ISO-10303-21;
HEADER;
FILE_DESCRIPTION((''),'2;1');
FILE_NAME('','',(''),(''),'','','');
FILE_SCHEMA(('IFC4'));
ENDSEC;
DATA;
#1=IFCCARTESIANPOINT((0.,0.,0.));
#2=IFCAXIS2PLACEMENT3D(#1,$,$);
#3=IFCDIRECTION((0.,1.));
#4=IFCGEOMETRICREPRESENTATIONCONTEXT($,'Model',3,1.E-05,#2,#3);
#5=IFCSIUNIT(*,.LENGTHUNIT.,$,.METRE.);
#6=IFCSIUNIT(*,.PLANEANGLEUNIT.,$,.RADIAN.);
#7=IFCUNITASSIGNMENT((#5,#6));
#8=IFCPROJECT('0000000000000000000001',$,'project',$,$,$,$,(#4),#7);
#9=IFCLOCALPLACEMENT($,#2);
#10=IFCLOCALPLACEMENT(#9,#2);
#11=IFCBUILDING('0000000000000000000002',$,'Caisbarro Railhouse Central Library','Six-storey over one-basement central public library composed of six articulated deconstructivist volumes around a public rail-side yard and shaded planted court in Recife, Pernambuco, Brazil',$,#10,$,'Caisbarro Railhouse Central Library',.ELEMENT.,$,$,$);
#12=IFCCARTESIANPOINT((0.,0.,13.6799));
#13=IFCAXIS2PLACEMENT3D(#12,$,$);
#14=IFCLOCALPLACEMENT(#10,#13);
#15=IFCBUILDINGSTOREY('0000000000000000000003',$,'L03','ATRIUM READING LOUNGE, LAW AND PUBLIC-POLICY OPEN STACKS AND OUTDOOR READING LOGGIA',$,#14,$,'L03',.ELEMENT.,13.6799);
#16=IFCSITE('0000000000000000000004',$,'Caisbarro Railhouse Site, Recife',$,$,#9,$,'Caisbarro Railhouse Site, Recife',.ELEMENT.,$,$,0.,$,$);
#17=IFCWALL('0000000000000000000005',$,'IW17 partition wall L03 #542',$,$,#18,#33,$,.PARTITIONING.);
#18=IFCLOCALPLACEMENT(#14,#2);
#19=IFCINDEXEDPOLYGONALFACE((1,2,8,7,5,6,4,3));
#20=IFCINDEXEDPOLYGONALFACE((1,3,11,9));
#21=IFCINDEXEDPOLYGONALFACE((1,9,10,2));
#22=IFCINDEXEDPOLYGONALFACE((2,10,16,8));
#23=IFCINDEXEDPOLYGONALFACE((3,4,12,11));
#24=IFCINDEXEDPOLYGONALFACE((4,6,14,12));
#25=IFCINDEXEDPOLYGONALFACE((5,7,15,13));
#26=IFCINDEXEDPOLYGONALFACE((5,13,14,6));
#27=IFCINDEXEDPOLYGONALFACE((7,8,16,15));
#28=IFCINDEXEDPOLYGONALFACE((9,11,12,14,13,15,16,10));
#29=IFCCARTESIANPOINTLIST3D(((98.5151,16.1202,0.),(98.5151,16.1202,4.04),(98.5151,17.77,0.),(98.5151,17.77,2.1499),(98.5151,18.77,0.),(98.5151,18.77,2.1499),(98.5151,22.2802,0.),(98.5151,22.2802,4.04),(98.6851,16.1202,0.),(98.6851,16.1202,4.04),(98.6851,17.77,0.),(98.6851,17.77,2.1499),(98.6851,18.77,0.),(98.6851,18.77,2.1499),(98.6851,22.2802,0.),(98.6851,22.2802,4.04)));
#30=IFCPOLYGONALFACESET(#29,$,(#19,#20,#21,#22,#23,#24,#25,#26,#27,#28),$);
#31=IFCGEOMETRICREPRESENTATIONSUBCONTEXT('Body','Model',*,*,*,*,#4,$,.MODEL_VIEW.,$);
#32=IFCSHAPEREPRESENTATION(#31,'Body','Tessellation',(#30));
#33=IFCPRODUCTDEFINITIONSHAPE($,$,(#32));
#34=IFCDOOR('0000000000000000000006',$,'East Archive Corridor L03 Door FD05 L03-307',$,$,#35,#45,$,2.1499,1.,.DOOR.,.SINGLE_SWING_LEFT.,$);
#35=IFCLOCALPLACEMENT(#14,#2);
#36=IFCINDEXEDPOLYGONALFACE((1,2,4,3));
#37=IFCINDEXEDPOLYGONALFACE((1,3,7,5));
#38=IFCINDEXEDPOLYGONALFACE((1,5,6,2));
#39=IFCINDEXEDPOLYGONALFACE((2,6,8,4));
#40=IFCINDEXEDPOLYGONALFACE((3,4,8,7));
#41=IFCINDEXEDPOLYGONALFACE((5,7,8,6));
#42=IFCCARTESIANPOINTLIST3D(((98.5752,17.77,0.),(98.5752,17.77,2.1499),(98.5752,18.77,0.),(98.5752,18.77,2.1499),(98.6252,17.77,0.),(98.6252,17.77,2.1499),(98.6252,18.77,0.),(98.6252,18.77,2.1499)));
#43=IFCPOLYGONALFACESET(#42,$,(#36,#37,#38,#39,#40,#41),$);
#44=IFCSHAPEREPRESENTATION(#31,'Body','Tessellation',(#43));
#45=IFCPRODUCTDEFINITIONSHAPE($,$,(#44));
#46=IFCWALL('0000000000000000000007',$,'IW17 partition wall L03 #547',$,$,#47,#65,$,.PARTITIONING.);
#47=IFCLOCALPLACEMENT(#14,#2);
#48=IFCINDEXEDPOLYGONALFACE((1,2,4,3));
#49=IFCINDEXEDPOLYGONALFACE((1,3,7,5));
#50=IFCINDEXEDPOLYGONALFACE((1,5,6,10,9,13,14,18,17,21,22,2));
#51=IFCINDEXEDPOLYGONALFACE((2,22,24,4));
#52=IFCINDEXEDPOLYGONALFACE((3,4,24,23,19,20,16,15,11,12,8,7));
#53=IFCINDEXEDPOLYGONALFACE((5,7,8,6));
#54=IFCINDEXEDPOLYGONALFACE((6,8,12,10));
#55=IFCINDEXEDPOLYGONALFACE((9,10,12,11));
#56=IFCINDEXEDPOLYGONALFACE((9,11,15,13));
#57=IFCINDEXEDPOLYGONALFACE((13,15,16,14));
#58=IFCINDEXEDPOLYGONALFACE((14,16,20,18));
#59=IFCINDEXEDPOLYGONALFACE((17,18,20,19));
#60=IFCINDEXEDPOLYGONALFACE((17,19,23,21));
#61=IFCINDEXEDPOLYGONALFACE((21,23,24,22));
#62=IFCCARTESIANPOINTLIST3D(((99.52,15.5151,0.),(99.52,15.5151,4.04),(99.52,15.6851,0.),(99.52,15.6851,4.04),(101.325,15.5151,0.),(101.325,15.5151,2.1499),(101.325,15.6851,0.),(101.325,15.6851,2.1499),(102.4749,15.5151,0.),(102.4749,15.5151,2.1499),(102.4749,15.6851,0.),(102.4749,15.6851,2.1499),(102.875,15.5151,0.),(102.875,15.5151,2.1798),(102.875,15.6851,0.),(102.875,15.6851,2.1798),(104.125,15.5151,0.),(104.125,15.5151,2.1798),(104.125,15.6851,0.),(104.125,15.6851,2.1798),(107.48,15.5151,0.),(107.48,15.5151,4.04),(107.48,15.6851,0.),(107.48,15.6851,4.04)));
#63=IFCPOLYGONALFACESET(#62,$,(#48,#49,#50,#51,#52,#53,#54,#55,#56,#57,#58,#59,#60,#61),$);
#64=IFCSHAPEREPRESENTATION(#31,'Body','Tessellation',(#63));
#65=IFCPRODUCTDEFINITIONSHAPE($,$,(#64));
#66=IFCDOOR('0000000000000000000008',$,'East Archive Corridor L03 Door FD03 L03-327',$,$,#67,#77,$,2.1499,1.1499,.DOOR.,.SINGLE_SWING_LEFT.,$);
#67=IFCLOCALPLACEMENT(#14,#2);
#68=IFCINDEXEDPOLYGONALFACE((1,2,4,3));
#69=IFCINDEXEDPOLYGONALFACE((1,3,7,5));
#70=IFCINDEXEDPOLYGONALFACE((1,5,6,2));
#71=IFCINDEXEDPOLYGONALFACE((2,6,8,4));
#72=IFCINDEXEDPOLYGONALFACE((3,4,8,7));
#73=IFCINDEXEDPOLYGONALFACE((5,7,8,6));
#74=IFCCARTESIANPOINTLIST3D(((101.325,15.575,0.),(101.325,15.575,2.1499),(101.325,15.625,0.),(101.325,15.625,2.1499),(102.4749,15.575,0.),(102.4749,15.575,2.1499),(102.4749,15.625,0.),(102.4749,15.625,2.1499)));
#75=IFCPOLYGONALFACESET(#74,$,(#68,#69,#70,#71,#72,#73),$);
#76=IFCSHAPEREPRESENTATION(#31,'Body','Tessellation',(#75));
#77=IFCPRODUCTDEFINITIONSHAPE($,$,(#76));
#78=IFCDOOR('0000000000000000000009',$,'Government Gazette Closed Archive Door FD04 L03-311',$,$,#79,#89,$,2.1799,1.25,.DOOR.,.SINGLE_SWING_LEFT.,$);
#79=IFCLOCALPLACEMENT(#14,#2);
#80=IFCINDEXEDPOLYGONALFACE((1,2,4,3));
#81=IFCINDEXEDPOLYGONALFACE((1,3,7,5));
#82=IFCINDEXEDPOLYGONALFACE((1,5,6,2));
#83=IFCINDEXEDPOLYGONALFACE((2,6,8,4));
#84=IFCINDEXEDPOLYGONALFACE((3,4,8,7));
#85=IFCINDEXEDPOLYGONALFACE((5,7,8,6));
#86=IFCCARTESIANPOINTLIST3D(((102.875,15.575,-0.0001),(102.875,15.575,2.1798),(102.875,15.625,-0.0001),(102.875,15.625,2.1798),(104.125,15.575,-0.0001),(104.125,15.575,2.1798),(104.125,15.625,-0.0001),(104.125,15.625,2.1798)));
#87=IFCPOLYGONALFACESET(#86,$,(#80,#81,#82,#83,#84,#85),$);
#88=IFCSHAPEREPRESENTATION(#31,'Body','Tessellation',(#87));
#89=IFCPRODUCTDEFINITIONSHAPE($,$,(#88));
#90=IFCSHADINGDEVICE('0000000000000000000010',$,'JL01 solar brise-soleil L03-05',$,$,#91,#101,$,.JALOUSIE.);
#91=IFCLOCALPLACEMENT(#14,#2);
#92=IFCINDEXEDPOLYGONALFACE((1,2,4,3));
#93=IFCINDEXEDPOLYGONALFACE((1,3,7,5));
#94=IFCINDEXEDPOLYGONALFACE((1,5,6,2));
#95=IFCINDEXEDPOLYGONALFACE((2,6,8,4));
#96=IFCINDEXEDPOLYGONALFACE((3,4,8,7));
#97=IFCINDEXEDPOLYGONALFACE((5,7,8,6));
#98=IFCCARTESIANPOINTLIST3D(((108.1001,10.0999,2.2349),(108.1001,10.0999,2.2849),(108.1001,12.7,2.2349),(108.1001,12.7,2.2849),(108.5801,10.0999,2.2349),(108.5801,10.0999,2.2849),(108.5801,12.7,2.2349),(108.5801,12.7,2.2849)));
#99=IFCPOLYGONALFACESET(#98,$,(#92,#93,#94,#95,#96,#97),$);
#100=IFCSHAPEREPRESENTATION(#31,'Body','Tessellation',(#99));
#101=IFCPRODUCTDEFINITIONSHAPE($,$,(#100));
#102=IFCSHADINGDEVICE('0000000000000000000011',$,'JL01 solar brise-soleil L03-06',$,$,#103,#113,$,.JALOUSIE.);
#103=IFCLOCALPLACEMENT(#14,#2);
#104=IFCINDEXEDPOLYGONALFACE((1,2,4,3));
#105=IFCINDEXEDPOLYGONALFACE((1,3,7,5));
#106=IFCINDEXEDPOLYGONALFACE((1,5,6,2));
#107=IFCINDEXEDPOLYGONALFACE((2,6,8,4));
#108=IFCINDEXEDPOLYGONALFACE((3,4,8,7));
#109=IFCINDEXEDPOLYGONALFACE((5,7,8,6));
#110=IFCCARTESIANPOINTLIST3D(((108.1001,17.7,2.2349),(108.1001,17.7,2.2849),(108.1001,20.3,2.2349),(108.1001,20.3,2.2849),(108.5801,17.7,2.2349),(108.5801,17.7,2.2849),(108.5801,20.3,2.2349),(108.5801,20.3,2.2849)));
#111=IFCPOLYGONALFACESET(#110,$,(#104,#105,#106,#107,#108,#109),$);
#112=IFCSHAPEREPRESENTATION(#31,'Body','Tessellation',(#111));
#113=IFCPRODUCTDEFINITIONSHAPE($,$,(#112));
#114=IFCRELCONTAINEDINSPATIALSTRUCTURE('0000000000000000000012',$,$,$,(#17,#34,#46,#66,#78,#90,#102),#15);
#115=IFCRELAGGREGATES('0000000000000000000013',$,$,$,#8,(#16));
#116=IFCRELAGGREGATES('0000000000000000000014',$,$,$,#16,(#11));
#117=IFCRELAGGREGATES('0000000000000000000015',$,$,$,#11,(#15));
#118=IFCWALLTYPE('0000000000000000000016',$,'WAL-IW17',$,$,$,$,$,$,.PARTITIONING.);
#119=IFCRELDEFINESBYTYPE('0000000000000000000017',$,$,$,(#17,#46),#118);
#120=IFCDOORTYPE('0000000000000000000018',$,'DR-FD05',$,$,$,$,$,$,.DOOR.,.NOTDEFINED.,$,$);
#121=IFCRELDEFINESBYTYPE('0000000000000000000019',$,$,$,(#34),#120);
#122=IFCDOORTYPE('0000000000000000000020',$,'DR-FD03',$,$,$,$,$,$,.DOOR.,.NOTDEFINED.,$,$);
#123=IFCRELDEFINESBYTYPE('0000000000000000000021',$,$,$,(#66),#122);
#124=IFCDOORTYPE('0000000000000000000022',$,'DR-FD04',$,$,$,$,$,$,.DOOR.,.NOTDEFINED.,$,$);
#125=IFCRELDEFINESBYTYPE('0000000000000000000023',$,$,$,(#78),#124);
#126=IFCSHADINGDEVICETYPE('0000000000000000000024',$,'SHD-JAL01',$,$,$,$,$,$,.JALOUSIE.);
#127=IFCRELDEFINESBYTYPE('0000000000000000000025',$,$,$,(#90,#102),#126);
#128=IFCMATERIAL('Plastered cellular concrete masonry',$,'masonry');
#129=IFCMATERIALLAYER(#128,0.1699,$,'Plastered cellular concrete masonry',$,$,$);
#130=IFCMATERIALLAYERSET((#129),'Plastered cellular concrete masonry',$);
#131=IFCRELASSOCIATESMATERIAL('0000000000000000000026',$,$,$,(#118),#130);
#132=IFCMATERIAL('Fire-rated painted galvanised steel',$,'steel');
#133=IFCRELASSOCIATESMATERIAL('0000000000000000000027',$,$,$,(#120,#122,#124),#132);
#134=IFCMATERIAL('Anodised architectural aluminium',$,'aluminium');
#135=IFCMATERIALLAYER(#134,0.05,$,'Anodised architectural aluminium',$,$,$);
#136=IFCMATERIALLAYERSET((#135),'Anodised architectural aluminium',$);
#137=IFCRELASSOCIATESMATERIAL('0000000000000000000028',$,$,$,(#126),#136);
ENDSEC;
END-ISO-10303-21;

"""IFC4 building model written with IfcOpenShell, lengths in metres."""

from ifc_helpers import new_model, si_unit, direction, frame, frame_2d, origin, origin_2d, place, context, subcontext, project, spatial, rectangle, extrude, material, layer, layer_set, type_object, element, fill, save


model = new_model("IFC4")

# Units and contexts
model_context = context("Model", 3, precision=1e-05, world=origin(), true_north=direction((0.0, 1.0)))
body_context = subcontext(model_context, "Body", "Model", "MODEL_VIEW")
ifc_project = project(units=[si_unit("LENGTHUNIT", "METRE"), si_unit("PLANEANGLEUNIT", "RADIAN")], contexts=[model_context])

# Site, building, storey
site_placement = place(None, origin())
site = spatial("IfcSite", under=ifc_project, at=site_placement, Name="Caisbarro Railhouse Site, Recife", LongName="Caisbarro Railhouse Site, Recife", CompositionType="ELEMENT", RefElevation=0.0)
building_placement = place(site_placement, origin())
building = spatial("IfcBuilding", under=site, at=building_placement, Name="Caisbarro Railhouse Central Library", Description="Six-storey over one-basement central public library composed of six articulated deconstructivist volumes around a public rail-side yard and shaded planted court in Recife, Pernambuco, Brazil", LongName="Caisbarro Railhouse Central Library", CompositionType="ELEMENT")
storey_placement = place(building_placement, frame((0.0, 0.0, 13.6799)))
storey = spatial("IfcBuildingStorey", under=building, at=storey_placement, Name="L03", Description="ATRIUM READING LOUNGE, LAW AND PUBLIC-POLICY OPEN STACKS AND OUTDOOR READING LOGGIA", LongName="L03", CompositionType="ELEMENT", Elevation=13.6799)

# Wall, opening, door
ifc_material_1 = material(Name="Plastered cellular concrete masonry", Category="masonry")
ifc_layer_1 = layer(ifc_material_1, 0.1699, Name="Plastered cellular concrete masonry")
ifc_layer_set_1 = layer_set([ifc_layer_1], Name="Plastered cellular concrete masonry")
wall_type_1 = type_object("IfcWallType", Name="WAL-IW17", PredefinedType="PARTITIONING", material=ifc_layer_set_1)
wall_1_placement = place(storey_placement, frame((98.6001, 16.1201, 0.0), z_axis=(0.0, 0.0, 1.0), x_axis=(0.0, 1.0, 0.0)))
wall_1 = element("IfcWall", 1, at=wall_1_placement, inside=storey, type_object=wall_type_1, Name="IW17 partition wall L03 #542", PredefinedType="PARTITIONING", context=body_context, shape_type="SweptSolid", body=[
    extrude(rectangle(XDim=6.1599, YDim=0.1699, at=frame_2d((3.0801, 0.0))), origin(), (0.0, 0.0, 1.0), 4.04),
])
opening_1_placement = place(wall_1_placement, frame((1.6499, 0.0, 0.0)))
opening_1 = element("IfcOpeningElement", 2, at=opening_1_placement, cuts=wall_1, PredefinedType="OPENING", context=body_context, shape_type="SweptSolid", body=[
    extrude(rectangle(XDim=1.0, YDim=2.1499, at=frame_2d((0.5, 1.075))), frame((0.0, 0.095, 0.0), z_axis=(0.0, -1.0, 0.0), x_axis=(1.0, 0.0, 0.0)), (0.0, 0.0, 1.0), 0.1899),
])
ifc_material_2 = material(Name="Fire-rated painted galvanised steel", Category="steel")
door_type_1 = type_object("IfcDoorType", Name="DR-FD05", OperationType="NOTDEFINED", PredefinedType="DOOR", material=ifc_material_2)
door_1_placement = place(opening_1_placement, origin())
door_1 = element("IfcDoor", 3, at=door_1_placement, inside=storey, type_object=door_type_1, Name="East Archive Corridor L03 Door FD05 L03-307", OperationType="SINGLE_SWING_LEFT", OverallHeight=2.1499, OverallWidth=1.0, PredefinedType="DOOR", context=body_context, shape_type="SweptSolid", body=[
    extrude(rectangle(XDim=1.0, YDim=2.1499, at=frame_2d((0.5, 1.075))), frame((0.0, 0.0249, 0.0), z_axis=(0.0, -1.0, 0.0), x_axis=(1.0, 0.0, 0.0)), (0.0, 0.0, 1.0), 0.05),
])
fill(opening_1, door_1)

# Wall, openings, doors
wall_2_placement = place(storey_placement, frame((99.52, 15.6001, 0.0), z_axis=(0.0, 0.0, 1.0), x_axis=(1.0, 0.0, 0.0)))
wall_2 = element("IfcWall", 4, at=wall_2_placement, inside=storey, type_object=wall_type_1, Name="IW17 partition wall L03 #547", PredefinedType="PARTITIONING", context=body_context, shape_type="SweptSolid", body=[
    extrude(rectangle(XDim=7.96, YDim=0.1699, at=frame_2d((3.98, 0.0))), origin(), (0.0, 0.0, 1.0), 4.04),
])
opening_2_placement = place(wall_2_placement, frame((3.355, 0.0, 0.0)))
opening_2 = element("IfcOpeningElement", 5, at=opening_2_placement, cuts=wall_2, PredefinedType="OPENING", context=body_context, shape_type="SweptSolid", body=[
    extrude(rectangle(XDim=1.25, YDim=2.1799, at=frame_2d((0.625, 1.0898))), frame((0.0, 0.095, 0.0), z_axis=(0.0, -1.0, 0.0), x_axis=(1.0, 0.0, 0.0)), (0.0, 0.0, 1.0), 0.1899),
])
opening_3_placement = place(wall_2_placement, frame((1.8049, 0.0, 0.0)))
opening_3 = element("IfcOpeningElement", 6, at=opening_3_placement, cuts=wall_2, PredefinedType="OPENING", context=body_context, shape_type="SweptSolid", body=[
    extrude(rectangle(XDim=1.1499, YDim=2.1499, at=frame_2d((0.575, 1.075))), frame((0.0, 0.095, 0.0), z_axis=(0.0, -1.0, 0.0), x_axis=(1.0, 0.0, 0.0)), (0.0, 0.0, 1.0), 0.1899),
])
door_type_2 = type_object("IfcDoorType", Name="DR-FD03", OperationType="NOTDEFINED", PredefinedType="DOOR", material=ifc_material_2)
door_2_placement = place(opening_3_placement, origin())
door_2 = element("IfcDoor", 7, at=door_2_placement, inside=storey, type_object=door_type_2, Name="East Archive Corridor L03 Door FD03 L03-327", OperationType="SINGLE_SWING_LEFT", OverallHeight=2.1499, OverallWidth=1.1499, PredefinedType="DOOR", context=body_context, shape_type="SweptSolid", body=[
    extrude(rectangle(XDim=1.1499, YDim=2.1499, at=frame_2d((0.575, 1.075))), frame((0.0, 0.0249, 0.0), z_axis=(0.0, -1.0, 0.0), x_axis=(1.0, 0.0, 0.0)), (0.0, 0.0, 1.0), 0.05),
])
fill(opening_3, door_2)
door_type_3 = type_object("IfcDoorType", Name="DR-FD04", OperationType="NOTDEFINED", PredefinedType="DOOR", material=ifc_material_2)
door_3_placement = place(opening_2_placement, origin())
door_3 = element("IfcDoor", 8, at=door_3_placement, inside=storey, type_object=door_type_3, Name="Government Gazette Closed Archive Door FD04 L03-311", OperationType="SINGLE_SWING_LEFT", OverallHeight=2.1799, OverallWidth=1.25, PredefinedType="DOOR", context=body_context, shape_type="SweptSolid", body=[
    extrude(rectangle(XDim=1.25, YDim=2.1799, at=frame_2d((0.625, 1.0898))), frame((0.0, 0.0249, 0.0), z_axis=(0.0, -1.0, 0.0), x_axis=(1.0, 0.0, 0.0)), (0.0, 0.0, 1.0), 0.05),
])
fill(opening_2, door_3)

# Shading devices
ifc_material_3 = material(Name="Anodised architectural aluminium", Category="aluminium")
ifc_layer_2 = layer(ifc_material_3, 0.05, Name="Anodised architectural aluminium")
ifc_layer_set_2 = layer_set([ifc_layer_2], Name="Anodised architectural aluminium")
shading_device_type = type_object("IfcShadingDeviceType", Name="SHD-JAL01", PredefinedType="JALOUSIE", material=ifc_layer_set_2)
for number, where, z_axis, x_axis, name in (
    (9, (108.3401, 11.3999, 2.2349), (0.0, 0.0, 1.0), (0.0, 1.0, 0.0), "JL01 solar brise-soleil L03-05"),
    (10, (108.3401, 19.0, 2.2349), (0.0, 0.0, 1.0), (0.0, 1.0, 0.0), "JL01 solar brise-soleil L03-06"),
):
    element("IfcShadingDevice", number, at=place(storey_placement, frame(where, z_axis=z_axis, x_axis=x_axis)), inside=storey, type_object=shading_device_type, Name=name, PredefinedType="JALOUSIE", context=body_context, shape_type="SweptSolid", body=[
        extrude(rectangle(XDim=2.6001, YDim=0.48, at=origin_2d()), origin(), (0.0, 0.0, 1.0), 0.05),
    ])

save(model, "model.ifc")
